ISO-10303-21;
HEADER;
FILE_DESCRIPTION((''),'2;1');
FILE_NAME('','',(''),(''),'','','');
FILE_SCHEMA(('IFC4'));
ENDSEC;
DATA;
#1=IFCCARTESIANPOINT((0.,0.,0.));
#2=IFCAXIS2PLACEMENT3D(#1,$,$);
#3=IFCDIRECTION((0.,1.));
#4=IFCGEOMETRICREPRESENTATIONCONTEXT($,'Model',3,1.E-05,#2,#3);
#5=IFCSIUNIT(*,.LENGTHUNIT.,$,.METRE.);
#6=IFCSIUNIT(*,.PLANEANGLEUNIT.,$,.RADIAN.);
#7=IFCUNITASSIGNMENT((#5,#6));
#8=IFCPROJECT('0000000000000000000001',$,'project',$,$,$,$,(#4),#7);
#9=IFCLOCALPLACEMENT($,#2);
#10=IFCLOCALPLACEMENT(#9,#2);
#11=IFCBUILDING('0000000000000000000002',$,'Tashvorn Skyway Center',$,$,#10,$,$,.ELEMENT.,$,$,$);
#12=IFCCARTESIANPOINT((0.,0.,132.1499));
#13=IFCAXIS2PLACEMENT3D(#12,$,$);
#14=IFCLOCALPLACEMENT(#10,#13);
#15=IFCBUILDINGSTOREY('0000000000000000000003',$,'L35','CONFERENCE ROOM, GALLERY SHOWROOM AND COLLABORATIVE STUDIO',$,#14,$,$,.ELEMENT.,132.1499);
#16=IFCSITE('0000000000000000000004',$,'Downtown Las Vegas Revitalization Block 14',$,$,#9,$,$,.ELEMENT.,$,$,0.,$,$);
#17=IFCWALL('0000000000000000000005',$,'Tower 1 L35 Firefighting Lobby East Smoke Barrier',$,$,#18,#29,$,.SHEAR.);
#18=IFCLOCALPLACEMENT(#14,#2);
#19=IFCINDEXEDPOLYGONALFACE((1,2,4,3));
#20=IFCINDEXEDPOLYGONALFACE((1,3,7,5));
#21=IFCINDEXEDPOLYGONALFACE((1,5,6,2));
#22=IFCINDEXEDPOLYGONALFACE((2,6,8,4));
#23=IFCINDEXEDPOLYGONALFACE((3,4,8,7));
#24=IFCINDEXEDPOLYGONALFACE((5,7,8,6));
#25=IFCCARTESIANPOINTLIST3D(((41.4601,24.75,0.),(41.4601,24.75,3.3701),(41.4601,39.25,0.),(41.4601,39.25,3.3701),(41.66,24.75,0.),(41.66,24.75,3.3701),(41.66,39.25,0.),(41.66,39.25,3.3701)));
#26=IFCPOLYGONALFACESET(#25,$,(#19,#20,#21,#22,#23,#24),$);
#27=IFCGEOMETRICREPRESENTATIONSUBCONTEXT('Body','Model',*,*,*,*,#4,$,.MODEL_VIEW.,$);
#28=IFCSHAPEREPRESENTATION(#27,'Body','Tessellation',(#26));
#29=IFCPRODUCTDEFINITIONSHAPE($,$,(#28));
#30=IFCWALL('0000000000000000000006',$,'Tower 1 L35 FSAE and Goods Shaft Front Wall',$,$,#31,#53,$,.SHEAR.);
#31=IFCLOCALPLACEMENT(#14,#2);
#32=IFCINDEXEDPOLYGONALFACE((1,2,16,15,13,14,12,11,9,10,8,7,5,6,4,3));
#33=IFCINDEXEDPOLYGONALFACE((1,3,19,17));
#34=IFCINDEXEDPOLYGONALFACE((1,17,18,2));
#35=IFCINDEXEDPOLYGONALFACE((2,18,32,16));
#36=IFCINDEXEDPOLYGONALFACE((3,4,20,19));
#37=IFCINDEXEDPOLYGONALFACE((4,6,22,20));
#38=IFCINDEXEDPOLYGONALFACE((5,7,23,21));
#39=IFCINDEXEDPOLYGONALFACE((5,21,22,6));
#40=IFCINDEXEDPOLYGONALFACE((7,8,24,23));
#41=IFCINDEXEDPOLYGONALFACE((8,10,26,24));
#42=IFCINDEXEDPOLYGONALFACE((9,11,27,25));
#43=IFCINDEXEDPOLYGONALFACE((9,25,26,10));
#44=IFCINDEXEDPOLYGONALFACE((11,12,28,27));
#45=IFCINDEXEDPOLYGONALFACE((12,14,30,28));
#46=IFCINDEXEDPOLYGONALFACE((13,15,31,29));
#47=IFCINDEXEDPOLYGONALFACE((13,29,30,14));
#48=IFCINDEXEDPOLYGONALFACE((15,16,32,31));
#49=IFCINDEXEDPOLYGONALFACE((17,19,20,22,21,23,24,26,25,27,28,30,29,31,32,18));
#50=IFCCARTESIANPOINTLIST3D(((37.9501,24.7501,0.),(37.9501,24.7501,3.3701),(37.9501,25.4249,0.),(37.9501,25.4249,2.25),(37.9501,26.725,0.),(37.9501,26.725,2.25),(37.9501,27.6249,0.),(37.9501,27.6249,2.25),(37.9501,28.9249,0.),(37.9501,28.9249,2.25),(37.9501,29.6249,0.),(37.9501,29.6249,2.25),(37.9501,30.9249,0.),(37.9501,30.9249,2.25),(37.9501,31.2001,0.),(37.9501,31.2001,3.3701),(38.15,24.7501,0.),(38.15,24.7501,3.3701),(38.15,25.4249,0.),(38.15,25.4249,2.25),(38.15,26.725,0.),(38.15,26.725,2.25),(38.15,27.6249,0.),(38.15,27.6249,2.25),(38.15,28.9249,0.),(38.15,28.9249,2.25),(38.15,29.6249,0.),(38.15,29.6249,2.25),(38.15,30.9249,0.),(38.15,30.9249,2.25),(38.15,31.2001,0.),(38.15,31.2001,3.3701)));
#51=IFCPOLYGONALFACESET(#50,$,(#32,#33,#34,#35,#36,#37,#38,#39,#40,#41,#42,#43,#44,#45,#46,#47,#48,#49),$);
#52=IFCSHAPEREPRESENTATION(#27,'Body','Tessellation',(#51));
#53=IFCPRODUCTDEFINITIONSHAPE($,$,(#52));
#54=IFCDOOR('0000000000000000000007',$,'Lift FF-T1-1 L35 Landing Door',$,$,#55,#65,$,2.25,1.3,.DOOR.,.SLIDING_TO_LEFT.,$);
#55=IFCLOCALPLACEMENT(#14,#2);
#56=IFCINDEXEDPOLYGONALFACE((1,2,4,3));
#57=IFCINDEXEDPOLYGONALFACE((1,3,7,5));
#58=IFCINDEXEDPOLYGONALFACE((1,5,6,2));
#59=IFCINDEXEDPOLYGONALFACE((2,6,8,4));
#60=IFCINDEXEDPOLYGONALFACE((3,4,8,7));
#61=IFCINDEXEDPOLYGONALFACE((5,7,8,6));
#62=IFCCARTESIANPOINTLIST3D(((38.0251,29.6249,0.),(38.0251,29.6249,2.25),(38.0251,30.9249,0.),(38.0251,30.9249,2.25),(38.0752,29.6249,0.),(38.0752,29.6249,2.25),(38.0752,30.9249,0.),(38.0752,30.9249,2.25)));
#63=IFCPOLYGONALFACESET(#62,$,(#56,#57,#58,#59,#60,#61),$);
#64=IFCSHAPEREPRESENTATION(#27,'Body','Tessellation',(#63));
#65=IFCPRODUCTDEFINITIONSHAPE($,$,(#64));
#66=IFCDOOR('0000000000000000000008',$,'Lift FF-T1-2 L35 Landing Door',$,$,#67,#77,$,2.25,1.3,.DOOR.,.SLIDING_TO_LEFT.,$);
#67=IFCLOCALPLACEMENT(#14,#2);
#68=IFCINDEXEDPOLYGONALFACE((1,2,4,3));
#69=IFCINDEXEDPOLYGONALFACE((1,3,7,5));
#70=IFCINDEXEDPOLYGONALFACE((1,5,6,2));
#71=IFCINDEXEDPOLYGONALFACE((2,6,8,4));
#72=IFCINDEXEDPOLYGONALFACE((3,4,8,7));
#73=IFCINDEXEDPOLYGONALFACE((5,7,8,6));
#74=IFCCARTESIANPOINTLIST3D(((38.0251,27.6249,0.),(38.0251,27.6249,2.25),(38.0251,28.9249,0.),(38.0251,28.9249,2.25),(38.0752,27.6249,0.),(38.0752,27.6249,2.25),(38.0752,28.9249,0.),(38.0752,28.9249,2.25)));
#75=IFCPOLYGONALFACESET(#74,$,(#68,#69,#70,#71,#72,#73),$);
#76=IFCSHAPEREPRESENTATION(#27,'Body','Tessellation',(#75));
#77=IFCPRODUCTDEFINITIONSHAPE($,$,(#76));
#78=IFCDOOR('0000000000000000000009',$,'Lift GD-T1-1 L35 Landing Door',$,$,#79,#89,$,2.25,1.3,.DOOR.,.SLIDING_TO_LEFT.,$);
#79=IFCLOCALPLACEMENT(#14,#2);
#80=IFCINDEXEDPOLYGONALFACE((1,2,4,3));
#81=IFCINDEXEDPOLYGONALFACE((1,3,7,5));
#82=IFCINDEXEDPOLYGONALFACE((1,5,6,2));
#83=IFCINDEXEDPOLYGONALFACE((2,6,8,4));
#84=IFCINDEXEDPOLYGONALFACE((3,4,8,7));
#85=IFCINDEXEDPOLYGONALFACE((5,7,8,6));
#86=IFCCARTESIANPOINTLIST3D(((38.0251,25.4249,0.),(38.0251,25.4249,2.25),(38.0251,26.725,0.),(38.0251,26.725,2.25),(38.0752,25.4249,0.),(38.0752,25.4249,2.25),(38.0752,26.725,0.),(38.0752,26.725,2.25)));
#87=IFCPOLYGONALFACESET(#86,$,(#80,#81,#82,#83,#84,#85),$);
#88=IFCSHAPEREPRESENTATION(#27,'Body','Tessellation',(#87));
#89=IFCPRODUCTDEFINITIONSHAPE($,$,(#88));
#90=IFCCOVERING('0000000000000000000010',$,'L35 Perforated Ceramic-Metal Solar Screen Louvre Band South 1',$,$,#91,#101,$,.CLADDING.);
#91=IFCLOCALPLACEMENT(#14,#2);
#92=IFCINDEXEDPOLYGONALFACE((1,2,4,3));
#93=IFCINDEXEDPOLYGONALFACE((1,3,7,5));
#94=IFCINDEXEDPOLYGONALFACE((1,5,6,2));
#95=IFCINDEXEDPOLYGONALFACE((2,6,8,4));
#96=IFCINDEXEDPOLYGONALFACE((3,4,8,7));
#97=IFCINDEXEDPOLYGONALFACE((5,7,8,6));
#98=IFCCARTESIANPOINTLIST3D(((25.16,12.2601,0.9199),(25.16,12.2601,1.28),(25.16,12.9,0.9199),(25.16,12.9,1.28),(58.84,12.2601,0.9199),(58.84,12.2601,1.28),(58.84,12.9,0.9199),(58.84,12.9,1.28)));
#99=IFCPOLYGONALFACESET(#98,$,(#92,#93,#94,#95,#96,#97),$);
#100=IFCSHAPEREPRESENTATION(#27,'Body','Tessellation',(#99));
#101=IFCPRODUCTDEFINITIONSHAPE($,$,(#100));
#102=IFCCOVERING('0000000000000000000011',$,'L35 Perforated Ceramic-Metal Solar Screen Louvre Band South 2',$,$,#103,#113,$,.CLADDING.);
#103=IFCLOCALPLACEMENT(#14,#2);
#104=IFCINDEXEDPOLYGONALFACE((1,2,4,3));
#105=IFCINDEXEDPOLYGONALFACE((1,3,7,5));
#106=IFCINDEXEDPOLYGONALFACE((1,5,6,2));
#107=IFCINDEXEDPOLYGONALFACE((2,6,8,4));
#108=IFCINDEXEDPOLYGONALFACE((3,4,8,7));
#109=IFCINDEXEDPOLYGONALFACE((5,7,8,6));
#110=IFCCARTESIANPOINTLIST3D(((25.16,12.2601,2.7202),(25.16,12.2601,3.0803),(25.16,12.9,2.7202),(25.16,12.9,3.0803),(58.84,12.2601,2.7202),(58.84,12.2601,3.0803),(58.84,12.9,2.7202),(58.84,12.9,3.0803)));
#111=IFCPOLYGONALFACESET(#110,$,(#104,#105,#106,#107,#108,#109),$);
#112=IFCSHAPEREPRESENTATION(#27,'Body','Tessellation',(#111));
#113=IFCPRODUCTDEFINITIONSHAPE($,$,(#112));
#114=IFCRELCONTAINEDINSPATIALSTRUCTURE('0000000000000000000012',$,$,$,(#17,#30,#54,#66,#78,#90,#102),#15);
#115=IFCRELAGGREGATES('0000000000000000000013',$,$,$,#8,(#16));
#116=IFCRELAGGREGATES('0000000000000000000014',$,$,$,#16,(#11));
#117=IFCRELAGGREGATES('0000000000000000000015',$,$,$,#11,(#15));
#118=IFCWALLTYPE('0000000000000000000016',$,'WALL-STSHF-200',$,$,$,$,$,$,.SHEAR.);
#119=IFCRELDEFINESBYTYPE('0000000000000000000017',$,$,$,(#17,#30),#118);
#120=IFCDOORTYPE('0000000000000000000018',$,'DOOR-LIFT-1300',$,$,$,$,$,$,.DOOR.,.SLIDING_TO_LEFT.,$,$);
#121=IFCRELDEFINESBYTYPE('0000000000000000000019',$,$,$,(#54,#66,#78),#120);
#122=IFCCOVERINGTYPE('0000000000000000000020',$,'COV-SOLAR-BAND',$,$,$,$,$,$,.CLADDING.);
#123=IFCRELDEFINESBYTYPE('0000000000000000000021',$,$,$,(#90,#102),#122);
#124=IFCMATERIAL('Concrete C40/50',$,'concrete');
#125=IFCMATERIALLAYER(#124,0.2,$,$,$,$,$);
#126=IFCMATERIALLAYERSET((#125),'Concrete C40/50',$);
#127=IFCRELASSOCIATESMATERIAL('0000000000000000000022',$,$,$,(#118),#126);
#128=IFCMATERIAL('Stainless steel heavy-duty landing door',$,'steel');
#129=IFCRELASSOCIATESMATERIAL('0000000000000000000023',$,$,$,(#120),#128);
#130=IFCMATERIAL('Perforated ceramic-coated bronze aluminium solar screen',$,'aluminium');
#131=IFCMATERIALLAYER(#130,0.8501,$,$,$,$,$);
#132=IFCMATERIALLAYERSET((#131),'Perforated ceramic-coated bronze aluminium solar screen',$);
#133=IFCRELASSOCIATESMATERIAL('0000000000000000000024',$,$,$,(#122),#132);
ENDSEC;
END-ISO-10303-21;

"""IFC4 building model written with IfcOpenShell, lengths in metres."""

from ifc_helpers import new_model, si_unit, direction, frame, frame_2d, origin, origin_2d, place, context, subcontext, project, spatial, rectangle, extrude, material, layer, layer_set, type_object, element, fill, save


model = new_model("IFC4")

# Units and contexts
model_context = context("Model", 3, precision=1e-05, world=origin(), true_north=direction((0.0, 1.0)))
body_context = subcontext(model_context, "Body", "Model", "MODEL_VIEW")
ifc_project = project(units=[si_unit("LENGTHUNIT", "METRE"), si_unit("PLANEANGLEUNIT", "RADIAN")], contexts=[model_context])

# Site, building, storey
site_placement = place(None, origin())
site = spatial("IfcSite", under=ifc_project, at=site_placement, Name="Downtown Las Vegas Revitalization Block 14", CompositionType="ELEMENT", RefElevation=0.0)
building_placement = place(site_placement, origin())
building = spatial("IfcBuilding", under=site, at=building_placement, Name="Tashvorn Skyway Center", CompositionType="ELEMENT")
storey_placement = place(building_placement, frame((0.0, 0.0, 132.1499)))
storey = spatial("IfcBuildingStorey", under=building, at=storey_placement, Name="L35", Description="CONFERENCE ROOM, GALLERY SHOWROOM AND COLLABORATIVE STUDIO", CompositionType="ELEMENT", Elevation=132.1499)

# Wall
ifc_material_1 = material(Name="Concrete C40/50", Category="concrete")
ifc_layer_1 = layer(ifc_material_1, 0.2)
ifc_layer_set_1 = layer_set([ifc_layer_1], Name="Concrete C40/50")
wall_type_1 = type_object("IfcWallType", Name="WALL-STSHF-200", PredefinedType="SHEAR", material=ifc_layer_set_1)
wall_1_placement = place(storey_placement, frame((41.5601, 24.75, 0.0), z_axis=(0.0, 0.0, 1.0), x_axis=(0.0, 1.0, 0.0)))
element("IfcWall", 1, at=wall_1_placement, inside=storey, type_object=wall_type_1, Name="Tower 1 L35 Firefighting Lobby East Smoke Barrier", PredefinedType="SHEAR", context=body_context, shape_type="SweptSolid", body=[
    extrude(rectangle(XDim=14.5, YDim=0.2, at=frame_2d((7.25, 0.0))), origin(), (0.0, 0.0, 1.0), 3.3701),
])

# Wall, openings, doors
wall_2_placement = place(storey_placement, frame((38.05, 24.75, 0.0), z_axis=(0.0, 0.0, 1.0), x_axis=(0.0, 1.0, 0.0)))
wall_2 = element("IfcWall", 2, at=wall_2_placement, inside=storey, type_object=wall_type_1, Name="Tower 1 L35 FSAE and Goods Shaft Front Wall", PredefinedType="SHEAR", context=body_context, shape_type="SweptSolid", body=[
    extrude(rectangle(XDim=6.45, YDim=0.2, at=frame_2d((3.2251, 0.0))), origin(), (0.0, 0.0, 1.0), 3.3701),
])
opening_1_placement = place(wall_2_placement, frame((4.875, 0.0, 0.0)))
opening_1 = element("IfcOpeningElement", 3, at=opening_1_placement, cuts=wall_2, PredefinedType="OPENING", context=body_context, shape_type="SweptSolid", body=[
    extrude(rectangle(XDim=1.3, YDim=2.25, at=frame_2d((0.6499, 1.125))), frame((0.0, 0.1099, 0.0), z_axis=(0.0, -1.0, 0.0), x_axis=(1.0, 0.0, 0.0)), (0.0, 0.0, 1.0), 0.22),
])
opening_2_placement = place(wall_2_placement, frame((2.875, 0.0, 0.0)))
opening_2 = element("IfcOpeningElement", 4, at=opening_2_placement, cuts=wall_2, PredefinedType="OPENING", context=body_context, shape_type="SweptSolid", body=[
    extrude(rectangle(XDim=1.3, YDim=2.25, at=frame_2d((0.6499, 1.125))), frame((0.0, 0.1099, 0.0), z_axis=(0.0, -1.0, 0.0), x_axis=(1.0, 0.0, 0.0)), (0.0, 0.0, 1.0), 0.22),
])
opening_3_placement = place(wall_2_placement, frame((0.675, 0.0, 0.0)))
opening_3 = element("IfcOpeningElement", 5, at=opening_3_placement, cuts=wall_2, PredefinedType="OPENING", context=body_context, shape_type="SweptSolid", body=[
    extrude(rectangle(XDim=1.3, YDim=2.25, at=frame_2d((0.6499, 1.125))), frame((0.0, 0.1099, 0.0), z_axis=(0.0, -1.0, 0.0), x_axis=(1.0, 0.0, 0.0)), (0.0, 0.0, 1.0), 0.22),
])
ifc_material_2 = material(Name="Stainless steel heavy-duty landing door", Category="steel")
door_type = type_object("IfcDoorType", Name="DOOR-LIFT-1300", OperationType="SLIDING_TO_LEFT", PredefinedType="DOOR", material=ifc_material_2)
door_1_placement = place(opening_1_placement, origin())
door_1 = element("IfcDoor", 6, at=door_1_placement, inside=storey, type_object=door_type, Name="Lift FF-T1-1 L35 Landing Door", OperationType="SLIDING_TO_LEFT", OverallHeight=2.25, OverallWidth=1.3, PredefinedType="DOOR", context=body_context, shape_type="SweptSolid", body=[
    extrude(rectangle(XDim=1.3, YDim=2.25, at=frame_2d((0.6499, 1.125))), frame((0.0, 0.0249, 0.0), z_axis=(0.0, -1.0, 0.0), x_axis=(1.0, 0.0, 0.0)), (0.0, 0.0, 1.0), 0.05),
])
fill(opening_1, door_1)
door_2_placement = place(opening_2_placement, origin())
door_2 = element("IfcDoor", 7, at=door_2_placement, inside=storey, type_object=door_type, Name="Lift FF-T1-2 L35 Landing Door", OperationType="SLIDING_TO_LEFT", OverallHeight=2.25, OverallWidth=1.3, PredefinedType="DOOR", context=body_context, shape_type="SweptSolid", body=[
    extrude(rectangle(XDim=1.3, YDim=2.25, at=frame_2d((0.6499, 1.125))), frame((0.0, 0.0249, 0.0), z_axis=(0.0, -1.0, 0.0), x_axis=(1.0, 0.0, 0.0)), (0.0, 0.0, 1.0), 0.05),
])
fill(opening_2, door_2)
door_3_placement = place(opening_3_placement, origin())
door_3 = element("IfcDoor", 8, at=door_3_placement, inside=storey, type_object=door_type, Name="Lift GD-T1-1 L35 Landing Door", OperationType="SLIDING_TO_LEFT", OverallHeight=2.25, OverallWidth=1.3, PredefinedType="DOOR", context=body_context, shape_type="SweptSolid", body=[
    extrude(rectangle(XDim=1.3, YDim=2.25, at=frame_2d((0.6499, 1.125))), frame((0.0, 0.0249, 0.0), z_axis=(0.0, -1.0, 0.0), x_axis=(1.0, 0.0, 0.0)), (0.0, 0.0, 1.0), 0.05),
])
fill(opening_3, door_3)

# Coverings
ifc_material_3 = material(Name="Perforated ceramic-coated bronze aluminium solar screen", Category="aluminium")
ifc_layer_2 = layer(ifc_material_3, 0.8501)
ifc_layer_set_2 = layer_set([ifc_layer_2], Name="Perforated ceramic-coated bronze aluminium solar screen")
covering_type = type_object("IfcCoveringType", Name="COV-SOLAR-BAND", PredefinedType="CLADDING", material=ifc_layer_set_2)
for number, where, z_axis, x_axis, name in (
    (9, (42.0, 12.5801, 0.9199), (0.0, 0.0, 1.0), (-1.0, 0.0, 0.0), "L35 Perforated Ceramic-Metal Solar Screen Louvre Band South 1"),
    (10, (42.0, 12.5801, 2.7202), (0.0, 0.0, 1.0), (-1.0, 0.0, 0.0), "L35 Perforated Ceramic-Metal Solar Screen Louvre Band South 2"),
):
    element("IfcCovering", number, at=place(storey_placement, frame(where, z_axis=z_axis, x_axis=x_axis)), inside=storey, type_object=covering_type, Name=name, PredefinedType="CLADDING", context=body_context, shape_type="SweptSolid", body=[
        extrude(rectangle(XDim=33.6799, YDim=0.6399, at=origin_2d()), origin(), (0.0, 0.0, 1.0), 0.3601),
    ])

save(model, "model.ifc")
